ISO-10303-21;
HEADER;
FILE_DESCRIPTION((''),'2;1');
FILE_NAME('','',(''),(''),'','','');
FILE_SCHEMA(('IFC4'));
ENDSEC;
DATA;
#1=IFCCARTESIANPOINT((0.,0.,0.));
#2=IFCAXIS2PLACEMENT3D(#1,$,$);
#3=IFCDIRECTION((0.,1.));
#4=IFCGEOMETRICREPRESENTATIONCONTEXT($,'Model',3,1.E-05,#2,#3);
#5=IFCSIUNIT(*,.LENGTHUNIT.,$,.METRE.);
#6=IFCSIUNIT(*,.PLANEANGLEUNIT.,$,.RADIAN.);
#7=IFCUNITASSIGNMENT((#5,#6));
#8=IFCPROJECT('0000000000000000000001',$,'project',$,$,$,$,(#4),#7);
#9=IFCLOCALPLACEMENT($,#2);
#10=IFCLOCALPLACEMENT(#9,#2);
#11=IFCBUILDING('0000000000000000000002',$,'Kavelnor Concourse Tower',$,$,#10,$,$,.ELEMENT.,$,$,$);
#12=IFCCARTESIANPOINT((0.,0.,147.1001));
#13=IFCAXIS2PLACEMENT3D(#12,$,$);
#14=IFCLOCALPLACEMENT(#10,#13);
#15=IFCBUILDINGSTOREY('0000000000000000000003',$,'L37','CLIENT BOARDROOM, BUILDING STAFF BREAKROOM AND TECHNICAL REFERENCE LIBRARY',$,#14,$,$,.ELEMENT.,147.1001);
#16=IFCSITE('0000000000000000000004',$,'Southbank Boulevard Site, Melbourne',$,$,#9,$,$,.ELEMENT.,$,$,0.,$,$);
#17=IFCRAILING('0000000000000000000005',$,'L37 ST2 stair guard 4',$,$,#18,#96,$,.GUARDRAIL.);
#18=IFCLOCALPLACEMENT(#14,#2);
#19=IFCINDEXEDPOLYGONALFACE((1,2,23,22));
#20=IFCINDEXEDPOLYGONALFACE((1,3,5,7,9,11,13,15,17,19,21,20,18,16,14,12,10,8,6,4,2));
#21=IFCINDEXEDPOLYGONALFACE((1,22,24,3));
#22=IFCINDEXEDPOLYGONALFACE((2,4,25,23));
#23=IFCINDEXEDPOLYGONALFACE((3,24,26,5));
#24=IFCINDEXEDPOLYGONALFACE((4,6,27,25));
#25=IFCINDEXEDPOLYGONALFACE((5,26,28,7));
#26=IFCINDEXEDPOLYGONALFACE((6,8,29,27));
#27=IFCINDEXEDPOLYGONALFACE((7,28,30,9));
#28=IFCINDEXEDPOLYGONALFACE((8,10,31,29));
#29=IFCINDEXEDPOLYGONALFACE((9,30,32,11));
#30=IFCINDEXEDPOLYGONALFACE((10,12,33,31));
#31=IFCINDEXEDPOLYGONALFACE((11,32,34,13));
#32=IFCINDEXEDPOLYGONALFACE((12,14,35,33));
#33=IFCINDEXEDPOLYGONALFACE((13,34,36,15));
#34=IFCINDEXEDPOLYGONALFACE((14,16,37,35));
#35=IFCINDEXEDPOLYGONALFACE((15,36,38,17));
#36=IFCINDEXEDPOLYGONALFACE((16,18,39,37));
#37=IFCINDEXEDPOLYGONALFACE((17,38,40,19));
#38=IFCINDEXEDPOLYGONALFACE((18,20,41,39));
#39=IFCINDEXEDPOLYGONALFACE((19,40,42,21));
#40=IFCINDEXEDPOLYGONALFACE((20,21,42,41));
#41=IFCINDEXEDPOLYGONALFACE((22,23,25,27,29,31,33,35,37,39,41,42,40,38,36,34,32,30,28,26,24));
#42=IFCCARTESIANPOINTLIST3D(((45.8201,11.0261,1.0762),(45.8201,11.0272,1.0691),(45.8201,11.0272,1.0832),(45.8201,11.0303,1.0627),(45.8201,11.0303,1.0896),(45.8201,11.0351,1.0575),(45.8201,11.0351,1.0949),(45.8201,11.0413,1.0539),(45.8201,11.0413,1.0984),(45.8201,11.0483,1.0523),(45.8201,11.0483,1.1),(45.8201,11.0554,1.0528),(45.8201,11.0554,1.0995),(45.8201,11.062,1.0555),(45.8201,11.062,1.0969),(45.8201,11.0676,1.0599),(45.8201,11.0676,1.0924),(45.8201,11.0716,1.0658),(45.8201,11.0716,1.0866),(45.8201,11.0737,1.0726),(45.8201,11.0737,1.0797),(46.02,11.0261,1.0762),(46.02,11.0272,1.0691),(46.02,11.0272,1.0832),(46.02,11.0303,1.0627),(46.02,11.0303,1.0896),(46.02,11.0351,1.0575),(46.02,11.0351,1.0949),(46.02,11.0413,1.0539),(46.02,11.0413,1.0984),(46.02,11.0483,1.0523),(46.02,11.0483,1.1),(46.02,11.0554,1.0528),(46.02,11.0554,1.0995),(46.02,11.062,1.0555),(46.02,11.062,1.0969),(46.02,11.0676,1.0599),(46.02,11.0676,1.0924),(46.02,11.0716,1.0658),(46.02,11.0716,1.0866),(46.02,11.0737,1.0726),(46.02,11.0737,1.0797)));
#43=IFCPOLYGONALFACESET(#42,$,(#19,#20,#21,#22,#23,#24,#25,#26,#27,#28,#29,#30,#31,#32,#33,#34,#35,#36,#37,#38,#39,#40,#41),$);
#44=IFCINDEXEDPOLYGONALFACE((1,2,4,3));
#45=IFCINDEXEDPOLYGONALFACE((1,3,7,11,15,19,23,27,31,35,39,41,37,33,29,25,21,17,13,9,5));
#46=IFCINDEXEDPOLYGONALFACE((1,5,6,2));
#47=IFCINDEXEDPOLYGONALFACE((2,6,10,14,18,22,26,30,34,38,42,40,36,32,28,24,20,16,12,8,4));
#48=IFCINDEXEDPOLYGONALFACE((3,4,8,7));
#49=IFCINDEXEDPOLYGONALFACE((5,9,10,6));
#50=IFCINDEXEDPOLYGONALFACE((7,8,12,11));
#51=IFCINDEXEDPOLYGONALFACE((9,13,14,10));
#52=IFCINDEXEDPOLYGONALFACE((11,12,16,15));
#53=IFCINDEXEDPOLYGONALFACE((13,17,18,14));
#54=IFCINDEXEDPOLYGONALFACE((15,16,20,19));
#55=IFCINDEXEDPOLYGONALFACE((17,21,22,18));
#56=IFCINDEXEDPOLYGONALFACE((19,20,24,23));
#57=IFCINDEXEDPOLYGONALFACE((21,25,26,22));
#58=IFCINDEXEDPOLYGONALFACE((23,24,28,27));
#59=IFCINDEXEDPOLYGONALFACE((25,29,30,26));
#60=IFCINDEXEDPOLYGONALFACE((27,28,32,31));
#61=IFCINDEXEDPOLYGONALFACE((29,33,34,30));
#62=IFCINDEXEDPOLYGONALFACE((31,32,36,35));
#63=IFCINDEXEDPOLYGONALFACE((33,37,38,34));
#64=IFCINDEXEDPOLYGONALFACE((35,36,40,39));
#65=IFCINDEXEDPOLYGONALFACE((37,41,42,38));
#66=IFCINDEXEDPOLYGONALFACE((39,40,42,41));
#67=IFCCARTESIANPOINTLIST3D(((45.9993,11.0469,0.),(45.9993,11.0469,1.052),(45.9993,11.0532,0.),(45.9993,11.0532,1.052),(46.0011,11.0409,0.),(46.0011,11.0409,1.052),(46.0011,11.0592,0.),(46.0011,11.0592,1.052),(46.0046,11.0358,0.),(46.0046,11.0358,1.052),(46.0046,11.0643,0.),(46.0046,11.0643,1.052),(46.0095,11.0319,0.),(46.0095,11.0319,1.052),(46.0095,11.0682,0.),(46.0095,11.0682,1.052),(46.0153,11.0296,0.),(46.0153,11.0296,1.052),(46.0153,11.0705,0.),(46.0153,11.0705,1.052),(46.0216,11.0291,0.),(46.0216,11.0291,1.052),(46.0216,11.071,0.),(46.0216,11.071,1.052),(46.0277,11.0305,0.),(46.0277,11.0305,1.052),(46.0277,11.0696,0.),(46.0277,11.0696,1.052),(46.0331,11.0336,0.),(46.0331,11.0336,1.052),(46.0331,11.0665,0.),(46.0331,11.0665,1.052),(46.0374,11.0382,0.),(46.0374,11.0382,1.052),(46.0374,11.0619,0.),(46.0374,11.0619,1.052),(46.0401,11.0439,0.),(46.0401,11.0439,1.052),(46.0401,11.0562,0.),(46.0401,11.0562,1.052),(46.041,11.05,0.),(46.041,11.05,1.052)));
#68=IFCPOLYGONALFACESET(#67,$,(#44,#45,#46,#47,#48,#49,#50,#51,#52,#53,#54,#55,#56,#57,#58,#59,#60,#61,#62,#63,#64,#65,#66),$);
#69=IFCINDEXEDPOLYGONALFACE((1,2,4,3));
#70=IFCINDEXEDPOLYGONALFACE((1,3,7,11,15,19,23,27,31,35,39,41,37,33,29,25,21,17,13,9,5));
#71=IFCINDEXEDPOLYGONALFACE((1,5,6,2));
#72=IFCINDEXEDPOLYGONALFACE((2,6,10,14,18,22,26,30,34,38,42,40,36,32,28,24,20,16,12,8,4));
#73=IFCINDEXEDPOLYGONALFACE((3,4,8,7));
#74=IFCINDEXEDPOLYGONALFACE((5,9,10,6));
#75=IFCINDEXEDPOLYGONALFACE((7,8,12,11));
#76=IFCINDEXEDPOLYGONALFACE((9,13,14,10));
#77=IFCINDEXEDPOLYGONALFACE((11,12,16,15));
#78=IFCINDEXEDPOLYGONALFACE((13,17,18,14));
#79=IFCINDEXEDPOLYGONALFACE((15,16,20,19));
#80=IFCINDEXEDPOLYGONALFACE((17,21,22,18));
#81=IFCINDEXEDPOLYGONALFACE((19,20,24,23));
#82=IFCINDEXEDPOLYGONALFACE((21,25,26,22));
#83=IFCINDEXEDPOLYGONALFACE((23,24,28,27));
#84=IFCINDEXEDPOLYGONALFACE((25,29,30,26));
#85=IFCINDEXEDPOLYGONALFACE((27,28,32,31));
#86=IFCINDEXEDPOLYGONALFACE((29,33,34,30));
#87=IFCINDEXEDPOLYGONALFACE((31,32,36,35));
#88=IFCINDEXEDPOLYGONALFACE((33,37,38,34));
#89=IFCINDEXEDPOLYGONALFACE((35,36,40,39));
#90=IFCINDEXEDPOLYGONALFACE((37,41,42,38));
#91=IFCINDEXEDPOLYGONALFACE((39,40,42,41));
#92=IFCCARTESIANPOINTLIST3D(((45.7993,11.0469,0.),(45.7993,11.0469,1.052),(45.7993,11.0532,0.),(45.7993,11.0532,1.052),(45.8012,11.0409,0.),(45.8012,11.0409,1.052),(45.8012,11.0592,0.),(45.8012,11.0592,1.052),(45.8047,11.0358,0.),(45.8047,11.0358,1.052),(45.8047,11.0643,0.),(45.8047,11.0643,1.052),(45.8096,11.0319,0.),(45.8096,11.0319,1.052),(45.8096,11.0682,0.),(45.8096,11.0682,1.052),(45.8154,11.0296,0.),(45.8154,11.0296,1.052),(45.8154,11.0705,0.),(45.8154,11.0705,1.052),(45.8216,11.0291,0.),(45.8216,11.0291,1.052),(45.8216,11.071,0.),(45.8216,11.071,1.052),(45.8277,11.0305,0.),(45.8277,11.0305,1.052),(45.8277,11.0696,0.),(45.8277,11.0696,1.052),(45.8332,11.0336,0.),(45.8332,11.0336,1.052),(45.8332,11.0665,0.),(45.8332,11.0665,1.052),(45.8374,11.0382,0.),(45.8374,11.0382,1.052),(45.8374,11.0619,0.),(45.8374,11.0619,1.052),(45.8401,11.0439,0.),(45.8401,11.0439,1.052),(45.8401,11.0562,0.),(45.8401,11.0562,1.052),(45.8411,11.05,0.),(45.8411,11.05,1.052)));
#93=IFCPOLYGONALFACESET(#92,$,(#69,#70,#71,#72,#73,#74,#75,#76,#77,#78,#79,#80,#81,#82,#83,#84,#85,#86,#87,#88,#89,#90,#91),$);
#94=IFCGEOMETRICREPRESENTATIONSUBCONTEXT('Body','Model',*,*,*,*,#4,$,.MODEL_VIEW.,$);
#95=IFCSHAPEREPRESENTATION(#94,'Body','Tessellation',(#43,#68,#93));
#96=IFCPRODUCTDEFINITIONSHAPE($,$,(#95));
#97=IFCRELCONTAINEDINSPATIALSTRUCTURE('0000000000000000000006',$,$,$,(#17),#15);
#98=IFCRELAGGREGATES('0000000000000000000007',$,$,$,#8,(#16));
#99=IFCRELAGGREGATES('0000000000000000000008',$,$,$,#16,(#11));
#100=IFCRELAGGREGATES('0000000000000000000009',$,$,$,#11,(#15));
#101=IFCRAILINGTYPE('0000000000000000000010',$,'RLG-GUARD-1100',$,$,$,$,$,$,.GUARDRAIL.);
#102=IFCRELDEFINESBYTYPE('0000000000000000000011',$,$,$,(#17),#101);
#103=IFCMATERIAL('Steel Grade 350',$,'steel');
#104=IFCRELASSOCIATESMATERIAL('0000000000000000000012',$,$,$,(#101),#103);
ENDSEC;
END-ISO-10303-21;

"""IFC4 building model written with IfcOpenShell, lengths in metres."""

from ifc_helpers import new_model, si_unit, direction, frame, origin, origin_2d, place, context, subcontext, project, spatial, circle, extrude, material, type_object, element, save


model = new_model("IFC4")

# Units and contexts
model_context = context("Model", 3, precision=1e-05, world=origin(), true_north=direction((0.0, 1.0)))
body_context = subcontext(model_context, "Body", "Model", "MODEL_VIEW")
ifc_project = project(units=[si_unit("LENGTHUNIT", "METRE"), si_unit("PLANEANGLEUNIT", "RADIAN")], contexts=[model_context])

# Site, building, storey
site_placement = place(None, origin())
site = spatial("IfcSite", under=ifc_project, at=site_placement, Name="Southbank Boulevard Site, Melbourne", CompositionType="ELEMENT", RefElevation=0.0)
building_placement = place(site_placement, origin())
building = spatial("IfcBuilding", under=site, at=building_placement, Name="Kavelnor Concourse Tower", CompositionType="ELEMENT")
storey_placement = place(building_placement, frame((0.0, 0.0, 147.1001)))
storey = spatial("IfcBuildingStorey", under=building, at=storey_placement, Name="L37", Description="CLIENT BOARDROOM, BUILDING STAFF BREAKROOM AND TECHNICAL REFERENCE LIBRARY", CompositionType="ELEMENT", Elevation=147.1001)

# Shared definitions
ifc_material_1 = material(Name="Steel Grade 350", Category="steel")

# Railing
railing_type_1 = type_object("IfcRailingType", Name="RLG-GUARD-1100", PredefinedType="GUARDRAIL", material=ifc_material_1)
railing_1_placement = place(storey_placement, frame((46.02, 11.05, 0.0)))
element("IfcRailing", 1, at=railing_1_placement, inside=storey, type_object=railing_type_1, Name="L37 ST2 stair guard 4", PredefinedType="GUARDRAIL", context=body_context, shape_type="SweptSolid", body=[
    extrude(circle(Radius=0.0239, at=origin_2d()), frame((0.0, 0.0, 1.0762), z_axis=(-1.0, 0.0, 0.0), x_axis=(0.0, -1.0, 0.0)), (0.0, 0.0, 1.0), 0.2),
    extrude(circle(Radius=0.021, at=origin_2d()), origin(), (0.0, 0.0, 1.0), 1.052),
    extrude(circle(Radius=0.021, at=origin_2d()), frame((-0.2, 0.0, 0.0)), (0.0, 0.0, 1.0), 1.052),
])

save(model, "model.ifc")
